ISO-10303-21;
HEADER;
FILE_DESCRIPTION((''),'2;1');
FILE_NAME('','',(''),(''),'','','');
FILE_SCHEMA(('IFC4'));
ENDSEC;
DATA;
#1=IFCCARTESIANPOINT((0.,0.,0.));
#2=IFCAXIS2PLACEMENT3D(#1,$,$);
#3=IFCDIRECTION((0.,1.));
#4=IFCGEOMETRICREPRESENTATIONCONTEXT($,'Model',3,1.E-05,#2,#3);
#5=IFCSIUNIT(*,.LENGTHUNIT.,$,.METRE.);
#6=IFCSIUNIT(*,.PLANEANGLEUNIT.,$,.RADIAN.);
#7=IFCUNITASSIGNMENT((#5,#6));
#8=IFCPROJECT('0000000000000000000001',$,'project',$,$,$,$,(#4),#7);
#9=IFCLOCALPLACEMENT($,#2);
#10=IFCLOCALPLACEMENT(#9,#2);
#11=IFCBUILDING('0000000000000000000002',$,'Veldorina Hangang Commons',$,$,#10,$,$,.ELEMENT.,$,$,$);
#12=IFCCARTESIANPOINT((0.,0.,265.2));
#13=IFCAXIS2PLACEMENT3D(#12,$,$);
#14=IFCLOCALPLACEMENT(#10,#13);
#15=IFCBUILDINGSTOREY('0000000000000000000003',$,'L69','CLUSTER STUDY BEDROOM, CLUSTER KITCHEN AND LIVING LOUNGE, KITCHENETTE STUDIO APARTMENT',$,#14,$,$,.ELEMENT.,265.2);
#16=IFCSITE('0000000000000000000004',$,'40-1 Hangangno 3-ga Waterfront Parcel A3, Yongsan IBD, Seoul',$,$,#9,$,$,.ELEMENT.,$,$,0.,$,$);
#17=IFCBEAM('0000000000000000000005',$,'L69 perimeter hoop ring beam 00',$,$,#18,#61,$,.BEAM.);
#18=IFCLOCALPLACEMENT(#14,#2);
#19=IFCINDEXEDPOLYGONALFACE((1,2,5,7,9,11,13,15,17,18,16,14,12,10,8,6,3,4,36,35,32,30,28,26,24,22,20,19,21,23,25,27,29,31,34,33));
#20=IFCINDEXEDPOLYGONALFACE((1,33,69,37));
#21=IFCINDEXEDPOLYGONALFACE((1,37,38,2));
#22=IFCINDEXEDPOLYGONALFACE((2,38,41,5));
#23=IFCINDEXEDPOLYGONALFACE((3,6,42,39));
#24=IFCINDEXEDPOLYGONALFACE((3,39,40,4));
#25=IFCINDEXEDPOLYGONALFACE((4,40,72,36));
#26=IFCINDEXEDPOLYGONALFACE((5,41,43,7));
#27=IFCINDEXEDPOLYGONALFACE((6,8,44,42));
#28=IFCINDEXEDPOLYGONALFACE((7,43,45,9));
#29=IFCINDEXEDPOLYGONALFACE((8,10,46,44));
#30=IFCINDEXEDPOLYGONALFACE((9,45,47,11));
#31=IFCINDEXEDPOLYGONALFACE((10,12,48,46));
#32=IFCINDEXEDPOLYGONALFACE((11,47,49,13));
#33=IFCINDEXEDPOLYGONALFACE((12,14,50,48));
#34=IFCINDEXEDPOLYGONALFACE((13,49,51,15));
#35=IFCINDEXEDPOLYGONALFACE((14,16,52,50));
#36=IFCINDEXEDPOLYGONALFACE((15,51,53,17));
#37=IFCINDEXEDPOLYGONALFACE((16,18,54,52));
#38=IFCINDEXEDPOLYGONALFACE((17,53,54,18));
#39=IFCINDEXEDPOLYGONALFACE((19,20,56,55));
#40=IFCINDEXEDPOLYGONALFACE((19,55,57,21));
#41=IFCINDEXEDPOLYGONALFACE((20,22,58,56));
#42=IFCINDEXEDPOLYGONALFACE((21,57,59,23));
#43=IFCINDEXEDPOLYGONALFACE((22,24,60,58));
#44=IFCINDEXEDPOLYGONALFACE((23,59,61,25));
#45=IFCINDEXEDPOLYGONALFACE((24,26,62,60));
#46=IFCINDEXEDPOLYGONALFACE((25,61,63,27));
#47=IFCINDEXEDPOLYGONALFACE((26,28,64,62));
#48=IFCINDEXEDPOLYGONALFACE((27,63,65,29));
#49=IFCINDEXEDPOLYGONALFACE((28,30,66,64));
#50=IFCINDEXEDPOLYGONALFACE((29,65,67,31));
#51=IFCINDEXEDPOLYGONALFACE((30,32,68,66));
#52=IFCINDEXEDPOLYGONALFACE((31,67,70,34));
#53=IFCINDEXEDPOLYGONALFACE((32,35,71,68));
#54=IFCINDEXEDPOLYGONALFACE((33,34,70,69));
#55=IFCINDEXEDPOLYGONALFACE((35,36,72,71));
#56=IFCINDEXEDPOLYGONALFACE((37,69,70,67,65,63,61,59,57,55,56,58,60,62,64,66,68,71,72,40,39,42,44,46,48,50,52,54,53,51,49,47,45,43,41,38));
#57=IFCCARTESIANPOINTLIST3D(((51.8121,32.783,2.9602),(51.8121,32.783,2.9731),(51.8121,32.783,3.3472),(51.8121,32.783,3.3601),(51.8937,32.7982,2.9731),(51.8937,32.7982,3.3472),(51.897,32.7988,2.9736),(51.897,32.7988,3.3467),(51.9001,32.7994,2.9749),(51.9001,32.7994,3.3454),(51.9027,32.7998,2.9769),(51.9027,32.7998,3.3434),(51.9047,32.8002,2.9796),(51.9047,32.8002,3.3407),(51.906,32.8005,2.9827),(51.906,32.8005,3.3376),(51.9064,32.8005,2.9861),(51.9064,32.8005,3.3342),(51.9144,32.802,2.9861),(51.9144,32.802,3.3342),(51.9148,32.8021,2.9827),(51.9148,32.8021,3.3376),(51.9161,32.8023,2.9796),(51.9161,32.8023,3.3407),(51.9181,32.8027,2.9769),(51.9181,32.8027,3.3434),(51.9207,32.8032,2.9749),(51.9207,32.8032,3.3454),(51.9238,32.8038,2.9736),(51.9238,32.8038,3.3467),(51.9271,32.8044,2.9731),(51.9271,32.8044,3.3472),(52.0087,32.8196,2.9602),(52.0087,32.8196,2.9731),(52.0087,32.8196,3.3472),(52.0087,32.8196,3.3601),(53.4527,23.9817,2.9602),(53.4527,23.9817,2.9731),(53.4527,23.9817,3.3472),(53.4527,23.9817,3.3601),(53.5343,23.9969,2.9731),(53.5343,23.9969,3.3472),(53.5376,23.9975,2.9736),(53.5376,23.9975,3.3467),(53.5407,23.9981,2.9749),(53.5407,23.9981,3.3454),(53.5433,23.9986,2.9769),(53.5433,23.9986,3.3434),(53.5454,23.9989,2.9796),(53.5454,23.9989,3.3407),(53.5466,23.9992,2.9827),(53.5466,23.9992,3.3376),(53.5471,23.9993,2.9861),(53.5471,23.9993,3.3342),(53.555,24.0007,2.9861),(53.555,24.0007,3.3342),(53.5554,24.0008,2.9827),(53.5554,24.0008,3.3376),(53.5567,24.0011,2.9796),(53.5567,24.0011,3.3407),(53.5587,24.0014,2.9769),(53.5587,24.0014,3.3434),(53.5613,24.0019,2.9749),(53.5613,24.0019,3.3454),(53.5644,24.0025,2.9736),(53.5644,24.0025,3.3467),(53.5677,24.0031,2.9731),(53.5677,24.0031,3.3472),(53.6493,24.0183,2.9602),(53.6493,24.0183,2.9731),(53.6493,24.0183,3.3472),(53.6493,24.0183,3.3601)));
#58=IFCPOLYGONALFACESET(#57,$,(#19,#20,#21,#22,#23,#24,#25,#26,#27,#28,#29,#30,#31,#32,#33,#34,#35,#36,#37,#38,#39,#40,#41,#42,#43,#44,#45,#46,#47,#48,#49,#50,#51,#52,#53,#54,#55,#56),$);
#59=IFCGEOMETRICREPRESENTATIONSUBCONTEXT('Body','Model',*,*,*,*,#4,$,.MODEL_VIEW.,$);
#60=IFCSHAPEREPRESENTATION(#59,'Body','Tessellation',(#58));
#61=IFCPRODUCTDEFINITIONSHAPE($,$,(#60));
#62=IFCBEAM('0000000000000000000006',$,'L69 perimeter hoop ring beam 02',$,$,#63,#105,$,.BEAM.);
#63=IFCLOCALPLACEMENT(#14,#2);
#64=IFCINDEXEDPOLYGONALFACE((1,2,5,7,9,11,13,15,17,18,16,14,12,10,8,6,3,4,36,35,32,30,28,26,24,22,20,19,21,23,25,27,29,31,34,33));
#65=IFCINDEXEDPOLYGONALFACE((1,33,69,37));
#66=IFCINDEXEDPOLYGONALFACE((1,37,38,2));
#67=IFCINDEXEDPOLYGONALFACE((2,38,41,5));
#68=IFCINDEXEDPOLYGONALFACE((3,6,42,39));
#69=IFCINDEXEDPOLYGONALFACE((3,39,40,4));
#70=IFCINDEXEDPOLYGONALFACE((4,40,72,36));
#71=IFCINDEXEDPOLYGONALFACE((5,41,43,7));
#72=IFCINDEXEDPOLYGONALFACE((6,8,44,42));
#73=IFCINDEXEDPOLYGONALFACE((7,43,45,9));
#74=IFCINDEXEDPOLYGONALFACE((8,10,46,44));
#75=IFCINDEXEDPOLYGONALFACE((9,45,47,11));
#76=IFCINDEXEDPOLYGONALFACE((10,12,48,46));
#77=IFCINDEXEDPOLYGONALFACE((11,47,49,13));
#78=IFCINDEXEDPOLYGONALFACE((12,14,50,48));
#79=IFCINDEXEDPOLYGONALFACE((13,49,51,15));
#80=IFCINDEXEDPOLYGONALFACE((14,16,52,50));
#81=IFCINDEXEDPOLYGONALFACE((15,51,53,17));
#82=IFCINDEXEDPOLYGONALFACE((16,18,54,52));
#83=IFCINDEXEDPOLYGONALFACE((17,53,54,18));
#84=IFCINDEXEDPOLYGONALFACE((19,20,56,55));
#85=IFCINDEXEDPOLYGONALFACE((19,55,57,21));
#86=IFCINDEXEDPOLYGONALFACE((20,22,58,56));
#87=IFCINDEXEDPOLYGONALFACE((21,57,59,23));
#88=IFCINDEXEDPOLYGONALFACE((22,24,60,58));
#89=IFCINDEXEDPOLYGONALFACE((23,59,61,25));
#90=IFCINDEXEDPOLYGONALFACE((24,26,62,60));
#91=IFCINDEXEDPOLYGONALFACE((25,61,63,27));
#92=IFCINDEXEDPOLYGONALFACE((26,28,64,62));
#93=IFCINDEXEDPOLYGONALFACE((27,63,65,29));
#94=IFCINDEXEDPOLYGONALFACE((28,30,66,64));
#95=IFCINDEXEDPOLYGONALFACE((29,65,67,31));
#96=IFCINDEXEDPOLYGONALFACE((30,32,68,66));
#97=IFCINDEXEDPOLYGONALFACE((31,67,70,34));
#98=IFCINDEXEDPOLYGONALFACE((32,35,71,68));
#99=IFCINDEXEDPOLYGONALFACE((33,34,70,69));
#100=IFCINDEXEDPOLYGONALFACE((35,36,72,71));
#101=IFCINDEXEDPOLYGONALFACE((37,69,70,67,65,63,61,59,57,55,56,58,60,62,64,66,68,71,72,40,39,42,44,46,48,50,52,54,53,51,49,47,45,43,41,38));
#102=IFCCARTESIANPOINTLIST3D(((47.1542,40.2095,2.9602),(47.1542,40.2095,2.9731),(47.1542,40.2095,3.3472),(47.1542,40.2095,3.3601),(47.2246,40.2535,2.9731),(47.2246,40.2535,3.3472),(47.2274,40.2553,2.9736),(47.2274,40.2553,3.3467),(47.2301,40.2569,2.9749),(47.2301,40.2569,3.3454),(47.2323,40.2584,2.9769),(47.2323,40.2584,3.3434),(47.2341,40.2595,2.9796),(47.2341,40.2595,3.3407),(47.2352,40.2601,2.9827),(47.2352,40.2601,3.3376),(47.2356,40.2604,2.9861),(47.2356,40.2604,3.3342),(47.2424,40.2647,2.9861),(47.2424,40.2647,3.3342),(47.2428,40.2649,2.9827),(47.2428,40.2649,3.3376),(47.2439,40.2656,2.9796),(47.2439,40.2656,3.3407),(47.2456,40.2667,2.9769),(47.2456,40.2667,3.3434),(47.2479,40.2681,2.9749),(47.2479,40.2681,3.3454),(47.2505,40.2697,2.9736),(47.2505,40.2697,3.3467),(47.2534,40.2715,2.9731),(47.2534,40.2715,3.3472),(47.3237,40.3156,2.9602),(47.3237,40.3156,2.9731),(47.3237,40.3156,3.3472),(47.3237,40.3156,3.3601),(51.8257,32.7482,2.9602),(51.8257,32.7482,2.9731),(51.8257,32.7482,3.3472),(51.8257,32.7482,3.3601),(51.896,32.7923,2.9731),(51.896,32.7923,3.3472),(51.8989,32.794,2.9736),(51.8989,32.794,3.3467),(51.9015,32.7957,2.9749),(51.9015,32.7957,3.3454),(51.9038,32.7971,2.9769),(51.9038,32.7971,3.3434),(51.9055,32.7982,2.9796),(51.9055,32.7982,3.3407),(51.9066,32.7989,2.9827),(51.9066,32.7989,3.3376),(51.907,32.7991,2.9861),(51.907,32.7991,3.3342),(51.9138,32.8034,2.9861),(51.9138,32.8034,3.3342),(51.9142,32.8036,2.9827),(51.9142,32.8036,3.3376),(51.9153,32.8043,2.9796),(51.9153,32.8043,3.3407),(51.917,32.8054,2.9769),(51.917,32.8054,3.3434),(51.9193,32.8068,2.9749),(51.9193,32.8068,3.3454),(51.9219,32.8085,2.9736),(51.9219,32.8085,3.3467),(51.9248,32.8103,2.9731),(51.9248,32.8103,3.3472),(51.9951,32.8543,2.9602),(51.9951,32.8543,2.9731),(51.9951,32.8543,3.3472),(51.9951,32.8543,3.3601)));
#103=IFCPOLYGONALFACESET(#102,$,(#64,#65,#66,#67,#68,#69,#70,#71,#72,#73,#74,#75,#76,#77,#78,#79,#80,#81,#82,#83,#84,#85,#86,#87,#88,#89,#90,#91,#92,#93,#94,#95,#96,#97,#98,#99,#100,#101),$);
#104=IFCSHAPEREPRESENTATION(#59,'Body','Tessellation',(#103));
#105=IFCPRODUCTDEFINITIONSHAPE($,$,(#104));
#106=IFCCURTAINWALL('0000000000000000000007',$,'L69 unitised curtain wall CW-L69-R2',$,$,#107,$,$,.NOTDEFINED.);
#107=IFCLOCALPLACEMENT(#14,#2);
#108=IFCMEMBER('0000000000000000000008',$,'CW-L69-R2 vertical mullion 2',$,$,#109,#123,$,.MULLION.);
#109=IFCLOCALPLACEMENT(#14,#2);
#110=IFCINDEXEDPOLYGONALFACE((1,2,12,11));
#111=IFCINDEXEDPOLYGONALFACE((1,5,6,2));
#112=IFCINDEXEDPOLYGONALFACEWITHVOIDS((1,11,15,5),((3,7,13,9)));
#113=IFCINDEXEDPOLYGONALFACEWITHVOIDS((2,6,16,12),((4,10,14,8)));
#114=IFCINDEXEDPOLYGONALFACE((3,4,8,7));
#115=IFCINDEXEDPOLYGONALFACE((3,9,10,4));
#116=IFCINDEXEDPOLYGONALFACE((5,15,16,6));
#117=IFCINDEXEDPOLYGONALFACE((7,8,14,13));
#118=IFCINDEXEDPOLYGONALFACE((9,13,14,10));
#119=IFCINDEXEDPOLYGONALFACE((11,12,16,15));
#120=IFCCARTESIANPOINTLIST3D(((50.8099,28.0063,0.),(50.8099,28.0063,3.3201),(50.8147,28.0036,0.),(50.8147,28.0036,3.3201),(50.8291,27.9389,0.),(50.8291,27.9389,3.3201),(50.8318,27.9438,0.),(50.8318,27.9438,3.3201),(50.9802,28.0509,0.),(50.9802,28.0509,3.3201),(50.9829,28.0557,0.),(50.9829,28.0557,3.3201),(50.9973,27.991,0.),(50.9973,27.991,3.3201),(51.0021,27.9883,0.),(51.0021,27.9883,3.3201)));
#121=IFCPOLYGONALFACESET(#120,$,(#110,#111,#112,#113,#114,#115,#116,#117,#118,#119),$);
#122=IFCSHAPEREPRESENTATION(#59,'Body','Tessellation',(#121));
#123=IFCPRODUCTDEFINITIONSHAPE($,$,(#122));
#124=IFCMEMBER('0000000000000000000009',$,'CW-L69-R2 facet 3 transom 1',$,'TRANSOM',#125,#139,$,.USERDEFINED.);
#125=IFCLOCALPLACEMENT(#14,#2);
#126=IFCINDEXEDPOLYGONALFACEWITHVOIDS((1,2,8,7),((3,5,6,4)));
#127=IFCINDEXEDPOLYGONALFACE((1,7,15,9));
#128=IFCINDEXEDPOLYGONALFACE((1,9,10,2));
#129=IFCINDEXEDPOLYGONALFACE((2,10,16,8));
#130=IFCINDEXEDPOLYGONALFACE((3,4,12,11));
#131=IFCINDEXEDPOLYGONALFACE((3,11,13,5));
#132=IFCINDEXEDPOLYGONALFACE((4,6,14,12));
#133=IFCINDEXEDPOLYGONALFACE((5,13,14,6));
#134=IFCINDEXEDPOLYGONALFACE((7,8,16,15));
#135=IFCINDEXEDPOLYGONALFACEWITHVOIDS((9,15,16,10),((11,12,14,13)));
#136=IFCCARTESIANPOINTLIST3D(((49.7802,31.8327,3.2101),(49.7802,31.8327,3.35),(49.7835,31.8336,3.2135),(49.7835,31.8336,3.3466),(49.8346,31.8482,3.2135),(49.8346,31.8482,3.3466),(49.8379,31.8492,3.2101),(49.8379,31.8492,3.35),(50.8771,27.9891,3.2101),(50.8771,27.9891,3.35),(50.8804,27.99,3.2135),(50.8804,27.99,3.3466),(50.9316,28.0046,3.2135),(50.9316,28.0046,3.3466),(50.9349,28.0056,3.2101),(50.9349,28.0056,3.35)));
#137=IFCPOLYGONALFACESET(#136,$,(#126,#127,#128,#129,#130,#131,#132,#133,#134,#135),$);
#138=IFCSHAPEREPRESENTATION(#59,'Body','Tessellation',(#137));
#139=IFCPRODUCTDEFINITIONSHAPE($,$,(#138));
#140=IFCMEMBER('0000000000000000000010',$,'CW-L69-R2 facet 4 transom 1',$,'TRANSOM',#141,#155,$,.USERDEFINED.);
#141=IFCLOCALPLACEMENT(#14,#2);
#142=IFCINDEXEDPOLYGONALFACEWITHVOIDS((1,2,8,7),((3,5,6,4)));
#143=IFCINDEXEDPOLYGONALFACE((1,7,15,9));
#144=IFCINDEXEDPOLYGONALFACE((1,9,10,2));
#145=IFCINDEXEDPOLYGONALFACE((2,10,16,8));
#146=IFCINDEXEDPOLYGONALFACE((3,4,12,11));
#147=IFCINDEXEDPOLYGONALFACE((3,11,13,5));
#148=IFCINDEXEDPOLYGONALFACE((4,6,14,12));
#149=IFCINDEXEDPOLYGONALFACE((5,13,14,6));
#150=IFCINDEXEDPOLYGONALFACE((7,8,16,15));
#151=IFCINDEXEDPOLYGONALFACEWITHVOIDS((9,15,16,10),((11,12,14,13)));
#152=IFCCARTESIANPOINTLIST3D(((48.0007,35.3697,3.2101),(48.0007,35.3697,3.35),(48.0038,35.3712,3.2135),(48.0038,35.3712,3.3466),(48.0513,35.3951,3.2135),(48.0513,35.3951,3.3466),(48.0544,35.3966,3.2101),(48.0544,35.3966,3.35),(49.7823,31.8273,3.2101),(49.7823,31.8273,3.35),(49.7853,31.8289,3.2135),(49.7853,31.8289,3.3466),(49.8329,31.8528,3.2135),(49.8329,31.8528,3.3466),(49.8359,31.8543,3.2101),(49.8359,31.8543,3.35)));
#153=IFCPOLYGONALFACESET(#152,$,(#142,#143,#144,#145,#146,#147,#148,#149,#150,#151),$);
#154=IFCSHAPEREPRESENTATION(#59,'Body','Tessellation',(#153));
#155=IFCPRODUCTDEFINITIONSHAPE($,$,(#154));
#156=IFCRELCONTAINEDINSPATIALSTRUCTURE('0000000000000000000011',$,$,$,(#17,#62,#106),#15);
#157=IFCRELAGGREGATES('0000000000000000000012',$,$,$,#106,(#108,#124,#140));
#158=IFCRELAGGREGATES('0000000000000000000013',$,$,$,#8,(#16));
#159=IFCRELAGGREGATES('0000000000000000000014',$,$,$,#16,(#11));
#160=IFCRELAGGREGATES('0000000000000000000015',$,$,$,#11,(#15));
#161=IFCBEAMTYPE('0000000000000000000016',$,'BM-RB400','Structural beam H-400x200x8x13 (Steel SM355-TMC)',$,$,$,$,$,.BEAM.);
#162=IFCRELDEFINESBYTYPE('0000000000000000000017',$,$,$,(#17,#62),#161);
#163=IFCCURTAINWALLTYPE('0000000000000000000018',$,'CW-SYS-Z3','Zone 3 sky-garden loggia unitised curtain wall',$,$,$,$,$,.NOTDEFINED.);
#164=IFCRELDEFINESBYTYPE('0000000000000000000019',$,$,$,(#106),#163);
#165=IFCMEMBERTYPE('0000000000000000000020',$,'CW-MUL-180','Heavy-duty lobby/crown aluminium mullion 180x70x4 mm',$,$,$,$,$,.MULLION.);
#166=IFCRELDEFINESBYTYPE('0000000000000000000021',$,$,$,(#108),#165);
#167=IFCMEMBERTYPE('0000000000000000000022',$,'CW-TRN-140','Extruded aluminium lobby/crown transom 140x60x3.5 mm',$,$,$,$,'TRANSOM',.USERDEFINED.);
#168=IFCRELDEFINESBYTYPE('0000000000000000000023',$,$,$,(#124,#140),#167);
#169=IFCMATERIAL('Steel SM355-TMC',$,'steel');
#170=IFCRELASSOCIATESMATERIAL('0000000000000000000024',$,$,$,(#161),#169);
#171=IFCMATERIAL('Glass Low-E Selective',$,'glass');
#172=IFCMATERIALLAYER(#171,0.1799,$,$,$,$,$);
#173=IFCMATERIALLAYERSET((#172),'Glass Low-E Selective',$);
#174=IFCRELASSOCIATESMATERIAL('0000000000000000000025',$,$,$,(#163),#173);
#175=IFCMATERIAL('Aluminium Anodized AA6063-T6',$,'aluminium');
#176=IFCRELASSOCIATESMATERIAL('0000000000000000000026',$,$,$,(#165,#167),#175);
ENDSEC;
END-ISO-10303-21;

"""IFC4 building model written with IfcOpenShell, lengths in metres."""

from ifc_helpers import new_model, si_unit, direction, frame, origin, origin_2d, place, context, subcontext, project, spatial, hollow_rectangle, i_section, extrude, material, layer, layer_set, material_profile, profile_set, type_object, element, aggregate, save


model = new_model("IFC4")

# Units and contexts
model_context = context("Model", 3, precision=1e-05, world=origin(), true_north=direction((0.0, 1.0)))
body_context = subcontext(model_context, "Body", "Model", "MODEL_VIEW")
ifc_project = project(units=[si_unit("LENGTHUNIT", "METRE"), si_unit("PLANEANGLEUNIT", "RADIAN")], contexts=[model_context])

# Site, building, storey
site_placement = place(None, origin())
site = spatial("IfcSite", under=ifc_project, at=site_placement, Name="40-1 Hangangno 3-ga Waterfront Parcel A3, Yongsan IBD, Seoul", CompositionType="ELEMENT", RefElevation=0.0)
building_placement = place(site_placement, origin())
building = spatial("IfcBuilding", under=site, at=building_placement, Name="Veldorina Hangang Commons", CompositionType="ELEMENT")
storey_placement = place(building_placement, frame((0.0, 0.0, 265.2)))
storey = spatial("IfcBuildingStorey", under=building, at=storey_placement, Name="L69", Description="CLUSTER STUDY BEDROOM, CLUSTER KITCHEN AND LIVING LOUNGE, KITCHENETTE STUDIO APARTMENT", CompositionType="ELEMENT", Elevation=265.2)

# Beams
ifc_material_1 = material(Name="Steel SM355-TMC", Category="steel")
ifc_material_profile_1 = material_profile(ifc_material_1, i_section(OverallWidth=0.2, OverallDepth=0.3999, WebThickness=0.0081, FlangeThickness=0.0129, FilletRadius=0.0129, at=origin_2d()), Name="H-400x200x8x13")
ifc_profile_set_1 = profile_set([ifc_material_profile_1], Name="Steel SM355-TMC")
beam_type = type_object("IfcBeamType", Name="BM-RB400", Description="Structural beam H-400x200x8x13 (Steel SM355-TMC)", PredefinedType="BEAM", material=ifc_profile_set_1)
beam_1_placement = place(storey_placement, frame((53.551, 24.0, 3.1602), z_axis=(-0.183251, 0.983066, 0.0), x_axis=(-0.983066, -0.183251, 0.0)))
element("IfcBeam", 1, at=beam_1_placement, inside=storey, type_object=beam_type, Name="L69 perimeter hoop ring beam 00", PredefinedType="BEAM", context=body_context, shape_type="SweptSolid", body=[
    extrude(i_section(OverallWidth=0.2, OverallDepth=0.3999, WebThickness=0.0081, FlangeThickness=0.0129, FilletRadius=0.0129, at=origin_2d()), origin(), (0.0, 0.0, 1.0), 8.9529),
])
beam_2_placement = place(storey_placement, frame((51.9104, 32.8013, 3.1602), z_axis=(-0.530664, 0.847582, 0.0), x_axis=(-0.847582, -0.530664, 0.0)))
element("IfcBeam", 2, at=beam_2_placement, inside=storey, type_object=beam_type, Name="L69 perimeter hoop ring beam 02", PredefinedType="BEAM", context=body_context, shape_type="SweptSolid", body=[
    extrude(i_section(OverallWidth=0.2, OverallDepth=0.3999, WebThickness=0.0081, FlangeThickness=0.0129, FilletRadius=0.0129, at=origin_2d()), origin(), (0.0, 0.0, 1.0), 8.803),
])

# Curtain wall, members
ifc_material_2 = material(Name="Glass Low-E Selective", Category="glass")
ifc_layer_1 = layer(ifc_material_2, 0.1799)
ifc_layer_set_1 = layer_set([ifc_layer_1], Name="Glass Low-E Selective")
curtain_wall_type = type_object("IfcCurtainWallType", Name="CW-SYS-Z3", Description="Zone 3 sky-garden loggia unitised curtain wall", PredefinedType="NOTDEFINED", material=ifc_layer_set_1)
curtain_wall_placement = place(storey_placement, origin())
curtain_wall = element("IfcCurtainWall", 3, at=curtain_wall_placement, inside=storey, type_object=curtain_wall_type, Name="L69 unitised curtain wall CW-L69-R2", PredefinedType="NOTDEFINED")
ifc_material_3 = material(Name="Aluminium Anodized AA6063-T6", Category="aluminium")
ifc_material_profile_2 = material_profile(ifc_material_3, hollow_rectangle(XDim=0.0701, YDim=0.1799, WallThickness=0.0039, at=origin_2d()), Name="ALU-RHS-180x70x4")
ifc_profile_set_2 = profile_set([ifc_material_profile_2], Name="Aluminium Anodized AA6063-T6")
member_type_1 = type_object("IfcMemberType", Name="CW-MUL-180", Description="Heavy-duty lobby/crown aluminium mullion 180x70x4 mm", PredefinedType="MULLION", material=ifc_profile_set_2)
member_1_placement = place(storey_placement, frame((50.906, 27.9973, 0.0), z_axis=(0.0, 0.0, 1.0), x_axis=(-0.274429, 0.961607, 0.0)))
member_1 = element("IfcMember", 4, at=member_1_placement, type_object=member_type_1, Name="CW-L69-R2 vertical mullion 2", PredefinedType="MULLION", context=body_context, shape_type="SweptSolid", body=[
    extrude(hollow_rectangle(XDim=0.0701, YDim=0.1799, WallThickness=0.0039, at=origin_2d()), origin(), (0.0, 0.0, 1.0), 3.3201),
])
ifc_material_profile_3 = material_profile(ifc_material_3, hollow_rectangle(XDim=0.0601, YDim=0.1399, WallThickness=0.0034, at=origin_2d()), Name="ALU-RHS-140x60x3.5")
ifc_profile_set_3 = profile_set([ifc_material_profile_3], Name="Aluminium Anodized AA6063-T6")
member_type_2 = type_object("IfcMemberType", Name="CW-TRN-140", Description="Extruded aluminium lobby/crown transom 140x60x3.5 mm", ElementType="TRANSOM", PredefinedType="USERDEFINED", material=ifc_profile_set_3)
member_2_placement = place(storey_placement, frame((50.906, 27.9973, 3.28), z_axis=(-0.274439, 0.961605, 0.0), x_axis=(-0.961605, -0.274439, 0.0)))
member_2 = element("IfcMember", 5, at=member_2_placement, type_object=member_type_2, Name="CW-L69-R2 facet 3 transom 1", ObjectType="TRANSOM", PredefinedType="USERDEFINED", context=body_context, shape_type="SweptSolid", body=[
    extrude(hollow_rectangle(XDim=0.0601, YDim=0.1399, WallThickness=0.0034, at=origin_2d()), origin(), (0.0, 0.0, 1.0), 3.9971),
])
member_3_placement = place(storey_placement, frame((49.8091, 31.8408, 3.28), z_axis=(-0.449306, 0.893378, 0.0), x_axis=(-0.893378, -0.449306, 0.0)))
member_3 = element("IfcMember", 6, at=member_3_placement, type_object=member_type_2, Name="CW-L69-R2 facet 4 transom 1", ObjectType="TRANSOM", PredefinedType="USERDEFINED", context=body_context, shape_type="SweptSolid", body=[
    extrude(hollow_rectangle(XDim=0.0601, YDim=0.1399, WallThickness=0.0034, at=origin_2d()), origin(), (0.0, 0.0, 1.0), 3.9651),
])

aggregate(curtain_wall, [member_1, member_2, member_3])

save(model, "model.ifc")
